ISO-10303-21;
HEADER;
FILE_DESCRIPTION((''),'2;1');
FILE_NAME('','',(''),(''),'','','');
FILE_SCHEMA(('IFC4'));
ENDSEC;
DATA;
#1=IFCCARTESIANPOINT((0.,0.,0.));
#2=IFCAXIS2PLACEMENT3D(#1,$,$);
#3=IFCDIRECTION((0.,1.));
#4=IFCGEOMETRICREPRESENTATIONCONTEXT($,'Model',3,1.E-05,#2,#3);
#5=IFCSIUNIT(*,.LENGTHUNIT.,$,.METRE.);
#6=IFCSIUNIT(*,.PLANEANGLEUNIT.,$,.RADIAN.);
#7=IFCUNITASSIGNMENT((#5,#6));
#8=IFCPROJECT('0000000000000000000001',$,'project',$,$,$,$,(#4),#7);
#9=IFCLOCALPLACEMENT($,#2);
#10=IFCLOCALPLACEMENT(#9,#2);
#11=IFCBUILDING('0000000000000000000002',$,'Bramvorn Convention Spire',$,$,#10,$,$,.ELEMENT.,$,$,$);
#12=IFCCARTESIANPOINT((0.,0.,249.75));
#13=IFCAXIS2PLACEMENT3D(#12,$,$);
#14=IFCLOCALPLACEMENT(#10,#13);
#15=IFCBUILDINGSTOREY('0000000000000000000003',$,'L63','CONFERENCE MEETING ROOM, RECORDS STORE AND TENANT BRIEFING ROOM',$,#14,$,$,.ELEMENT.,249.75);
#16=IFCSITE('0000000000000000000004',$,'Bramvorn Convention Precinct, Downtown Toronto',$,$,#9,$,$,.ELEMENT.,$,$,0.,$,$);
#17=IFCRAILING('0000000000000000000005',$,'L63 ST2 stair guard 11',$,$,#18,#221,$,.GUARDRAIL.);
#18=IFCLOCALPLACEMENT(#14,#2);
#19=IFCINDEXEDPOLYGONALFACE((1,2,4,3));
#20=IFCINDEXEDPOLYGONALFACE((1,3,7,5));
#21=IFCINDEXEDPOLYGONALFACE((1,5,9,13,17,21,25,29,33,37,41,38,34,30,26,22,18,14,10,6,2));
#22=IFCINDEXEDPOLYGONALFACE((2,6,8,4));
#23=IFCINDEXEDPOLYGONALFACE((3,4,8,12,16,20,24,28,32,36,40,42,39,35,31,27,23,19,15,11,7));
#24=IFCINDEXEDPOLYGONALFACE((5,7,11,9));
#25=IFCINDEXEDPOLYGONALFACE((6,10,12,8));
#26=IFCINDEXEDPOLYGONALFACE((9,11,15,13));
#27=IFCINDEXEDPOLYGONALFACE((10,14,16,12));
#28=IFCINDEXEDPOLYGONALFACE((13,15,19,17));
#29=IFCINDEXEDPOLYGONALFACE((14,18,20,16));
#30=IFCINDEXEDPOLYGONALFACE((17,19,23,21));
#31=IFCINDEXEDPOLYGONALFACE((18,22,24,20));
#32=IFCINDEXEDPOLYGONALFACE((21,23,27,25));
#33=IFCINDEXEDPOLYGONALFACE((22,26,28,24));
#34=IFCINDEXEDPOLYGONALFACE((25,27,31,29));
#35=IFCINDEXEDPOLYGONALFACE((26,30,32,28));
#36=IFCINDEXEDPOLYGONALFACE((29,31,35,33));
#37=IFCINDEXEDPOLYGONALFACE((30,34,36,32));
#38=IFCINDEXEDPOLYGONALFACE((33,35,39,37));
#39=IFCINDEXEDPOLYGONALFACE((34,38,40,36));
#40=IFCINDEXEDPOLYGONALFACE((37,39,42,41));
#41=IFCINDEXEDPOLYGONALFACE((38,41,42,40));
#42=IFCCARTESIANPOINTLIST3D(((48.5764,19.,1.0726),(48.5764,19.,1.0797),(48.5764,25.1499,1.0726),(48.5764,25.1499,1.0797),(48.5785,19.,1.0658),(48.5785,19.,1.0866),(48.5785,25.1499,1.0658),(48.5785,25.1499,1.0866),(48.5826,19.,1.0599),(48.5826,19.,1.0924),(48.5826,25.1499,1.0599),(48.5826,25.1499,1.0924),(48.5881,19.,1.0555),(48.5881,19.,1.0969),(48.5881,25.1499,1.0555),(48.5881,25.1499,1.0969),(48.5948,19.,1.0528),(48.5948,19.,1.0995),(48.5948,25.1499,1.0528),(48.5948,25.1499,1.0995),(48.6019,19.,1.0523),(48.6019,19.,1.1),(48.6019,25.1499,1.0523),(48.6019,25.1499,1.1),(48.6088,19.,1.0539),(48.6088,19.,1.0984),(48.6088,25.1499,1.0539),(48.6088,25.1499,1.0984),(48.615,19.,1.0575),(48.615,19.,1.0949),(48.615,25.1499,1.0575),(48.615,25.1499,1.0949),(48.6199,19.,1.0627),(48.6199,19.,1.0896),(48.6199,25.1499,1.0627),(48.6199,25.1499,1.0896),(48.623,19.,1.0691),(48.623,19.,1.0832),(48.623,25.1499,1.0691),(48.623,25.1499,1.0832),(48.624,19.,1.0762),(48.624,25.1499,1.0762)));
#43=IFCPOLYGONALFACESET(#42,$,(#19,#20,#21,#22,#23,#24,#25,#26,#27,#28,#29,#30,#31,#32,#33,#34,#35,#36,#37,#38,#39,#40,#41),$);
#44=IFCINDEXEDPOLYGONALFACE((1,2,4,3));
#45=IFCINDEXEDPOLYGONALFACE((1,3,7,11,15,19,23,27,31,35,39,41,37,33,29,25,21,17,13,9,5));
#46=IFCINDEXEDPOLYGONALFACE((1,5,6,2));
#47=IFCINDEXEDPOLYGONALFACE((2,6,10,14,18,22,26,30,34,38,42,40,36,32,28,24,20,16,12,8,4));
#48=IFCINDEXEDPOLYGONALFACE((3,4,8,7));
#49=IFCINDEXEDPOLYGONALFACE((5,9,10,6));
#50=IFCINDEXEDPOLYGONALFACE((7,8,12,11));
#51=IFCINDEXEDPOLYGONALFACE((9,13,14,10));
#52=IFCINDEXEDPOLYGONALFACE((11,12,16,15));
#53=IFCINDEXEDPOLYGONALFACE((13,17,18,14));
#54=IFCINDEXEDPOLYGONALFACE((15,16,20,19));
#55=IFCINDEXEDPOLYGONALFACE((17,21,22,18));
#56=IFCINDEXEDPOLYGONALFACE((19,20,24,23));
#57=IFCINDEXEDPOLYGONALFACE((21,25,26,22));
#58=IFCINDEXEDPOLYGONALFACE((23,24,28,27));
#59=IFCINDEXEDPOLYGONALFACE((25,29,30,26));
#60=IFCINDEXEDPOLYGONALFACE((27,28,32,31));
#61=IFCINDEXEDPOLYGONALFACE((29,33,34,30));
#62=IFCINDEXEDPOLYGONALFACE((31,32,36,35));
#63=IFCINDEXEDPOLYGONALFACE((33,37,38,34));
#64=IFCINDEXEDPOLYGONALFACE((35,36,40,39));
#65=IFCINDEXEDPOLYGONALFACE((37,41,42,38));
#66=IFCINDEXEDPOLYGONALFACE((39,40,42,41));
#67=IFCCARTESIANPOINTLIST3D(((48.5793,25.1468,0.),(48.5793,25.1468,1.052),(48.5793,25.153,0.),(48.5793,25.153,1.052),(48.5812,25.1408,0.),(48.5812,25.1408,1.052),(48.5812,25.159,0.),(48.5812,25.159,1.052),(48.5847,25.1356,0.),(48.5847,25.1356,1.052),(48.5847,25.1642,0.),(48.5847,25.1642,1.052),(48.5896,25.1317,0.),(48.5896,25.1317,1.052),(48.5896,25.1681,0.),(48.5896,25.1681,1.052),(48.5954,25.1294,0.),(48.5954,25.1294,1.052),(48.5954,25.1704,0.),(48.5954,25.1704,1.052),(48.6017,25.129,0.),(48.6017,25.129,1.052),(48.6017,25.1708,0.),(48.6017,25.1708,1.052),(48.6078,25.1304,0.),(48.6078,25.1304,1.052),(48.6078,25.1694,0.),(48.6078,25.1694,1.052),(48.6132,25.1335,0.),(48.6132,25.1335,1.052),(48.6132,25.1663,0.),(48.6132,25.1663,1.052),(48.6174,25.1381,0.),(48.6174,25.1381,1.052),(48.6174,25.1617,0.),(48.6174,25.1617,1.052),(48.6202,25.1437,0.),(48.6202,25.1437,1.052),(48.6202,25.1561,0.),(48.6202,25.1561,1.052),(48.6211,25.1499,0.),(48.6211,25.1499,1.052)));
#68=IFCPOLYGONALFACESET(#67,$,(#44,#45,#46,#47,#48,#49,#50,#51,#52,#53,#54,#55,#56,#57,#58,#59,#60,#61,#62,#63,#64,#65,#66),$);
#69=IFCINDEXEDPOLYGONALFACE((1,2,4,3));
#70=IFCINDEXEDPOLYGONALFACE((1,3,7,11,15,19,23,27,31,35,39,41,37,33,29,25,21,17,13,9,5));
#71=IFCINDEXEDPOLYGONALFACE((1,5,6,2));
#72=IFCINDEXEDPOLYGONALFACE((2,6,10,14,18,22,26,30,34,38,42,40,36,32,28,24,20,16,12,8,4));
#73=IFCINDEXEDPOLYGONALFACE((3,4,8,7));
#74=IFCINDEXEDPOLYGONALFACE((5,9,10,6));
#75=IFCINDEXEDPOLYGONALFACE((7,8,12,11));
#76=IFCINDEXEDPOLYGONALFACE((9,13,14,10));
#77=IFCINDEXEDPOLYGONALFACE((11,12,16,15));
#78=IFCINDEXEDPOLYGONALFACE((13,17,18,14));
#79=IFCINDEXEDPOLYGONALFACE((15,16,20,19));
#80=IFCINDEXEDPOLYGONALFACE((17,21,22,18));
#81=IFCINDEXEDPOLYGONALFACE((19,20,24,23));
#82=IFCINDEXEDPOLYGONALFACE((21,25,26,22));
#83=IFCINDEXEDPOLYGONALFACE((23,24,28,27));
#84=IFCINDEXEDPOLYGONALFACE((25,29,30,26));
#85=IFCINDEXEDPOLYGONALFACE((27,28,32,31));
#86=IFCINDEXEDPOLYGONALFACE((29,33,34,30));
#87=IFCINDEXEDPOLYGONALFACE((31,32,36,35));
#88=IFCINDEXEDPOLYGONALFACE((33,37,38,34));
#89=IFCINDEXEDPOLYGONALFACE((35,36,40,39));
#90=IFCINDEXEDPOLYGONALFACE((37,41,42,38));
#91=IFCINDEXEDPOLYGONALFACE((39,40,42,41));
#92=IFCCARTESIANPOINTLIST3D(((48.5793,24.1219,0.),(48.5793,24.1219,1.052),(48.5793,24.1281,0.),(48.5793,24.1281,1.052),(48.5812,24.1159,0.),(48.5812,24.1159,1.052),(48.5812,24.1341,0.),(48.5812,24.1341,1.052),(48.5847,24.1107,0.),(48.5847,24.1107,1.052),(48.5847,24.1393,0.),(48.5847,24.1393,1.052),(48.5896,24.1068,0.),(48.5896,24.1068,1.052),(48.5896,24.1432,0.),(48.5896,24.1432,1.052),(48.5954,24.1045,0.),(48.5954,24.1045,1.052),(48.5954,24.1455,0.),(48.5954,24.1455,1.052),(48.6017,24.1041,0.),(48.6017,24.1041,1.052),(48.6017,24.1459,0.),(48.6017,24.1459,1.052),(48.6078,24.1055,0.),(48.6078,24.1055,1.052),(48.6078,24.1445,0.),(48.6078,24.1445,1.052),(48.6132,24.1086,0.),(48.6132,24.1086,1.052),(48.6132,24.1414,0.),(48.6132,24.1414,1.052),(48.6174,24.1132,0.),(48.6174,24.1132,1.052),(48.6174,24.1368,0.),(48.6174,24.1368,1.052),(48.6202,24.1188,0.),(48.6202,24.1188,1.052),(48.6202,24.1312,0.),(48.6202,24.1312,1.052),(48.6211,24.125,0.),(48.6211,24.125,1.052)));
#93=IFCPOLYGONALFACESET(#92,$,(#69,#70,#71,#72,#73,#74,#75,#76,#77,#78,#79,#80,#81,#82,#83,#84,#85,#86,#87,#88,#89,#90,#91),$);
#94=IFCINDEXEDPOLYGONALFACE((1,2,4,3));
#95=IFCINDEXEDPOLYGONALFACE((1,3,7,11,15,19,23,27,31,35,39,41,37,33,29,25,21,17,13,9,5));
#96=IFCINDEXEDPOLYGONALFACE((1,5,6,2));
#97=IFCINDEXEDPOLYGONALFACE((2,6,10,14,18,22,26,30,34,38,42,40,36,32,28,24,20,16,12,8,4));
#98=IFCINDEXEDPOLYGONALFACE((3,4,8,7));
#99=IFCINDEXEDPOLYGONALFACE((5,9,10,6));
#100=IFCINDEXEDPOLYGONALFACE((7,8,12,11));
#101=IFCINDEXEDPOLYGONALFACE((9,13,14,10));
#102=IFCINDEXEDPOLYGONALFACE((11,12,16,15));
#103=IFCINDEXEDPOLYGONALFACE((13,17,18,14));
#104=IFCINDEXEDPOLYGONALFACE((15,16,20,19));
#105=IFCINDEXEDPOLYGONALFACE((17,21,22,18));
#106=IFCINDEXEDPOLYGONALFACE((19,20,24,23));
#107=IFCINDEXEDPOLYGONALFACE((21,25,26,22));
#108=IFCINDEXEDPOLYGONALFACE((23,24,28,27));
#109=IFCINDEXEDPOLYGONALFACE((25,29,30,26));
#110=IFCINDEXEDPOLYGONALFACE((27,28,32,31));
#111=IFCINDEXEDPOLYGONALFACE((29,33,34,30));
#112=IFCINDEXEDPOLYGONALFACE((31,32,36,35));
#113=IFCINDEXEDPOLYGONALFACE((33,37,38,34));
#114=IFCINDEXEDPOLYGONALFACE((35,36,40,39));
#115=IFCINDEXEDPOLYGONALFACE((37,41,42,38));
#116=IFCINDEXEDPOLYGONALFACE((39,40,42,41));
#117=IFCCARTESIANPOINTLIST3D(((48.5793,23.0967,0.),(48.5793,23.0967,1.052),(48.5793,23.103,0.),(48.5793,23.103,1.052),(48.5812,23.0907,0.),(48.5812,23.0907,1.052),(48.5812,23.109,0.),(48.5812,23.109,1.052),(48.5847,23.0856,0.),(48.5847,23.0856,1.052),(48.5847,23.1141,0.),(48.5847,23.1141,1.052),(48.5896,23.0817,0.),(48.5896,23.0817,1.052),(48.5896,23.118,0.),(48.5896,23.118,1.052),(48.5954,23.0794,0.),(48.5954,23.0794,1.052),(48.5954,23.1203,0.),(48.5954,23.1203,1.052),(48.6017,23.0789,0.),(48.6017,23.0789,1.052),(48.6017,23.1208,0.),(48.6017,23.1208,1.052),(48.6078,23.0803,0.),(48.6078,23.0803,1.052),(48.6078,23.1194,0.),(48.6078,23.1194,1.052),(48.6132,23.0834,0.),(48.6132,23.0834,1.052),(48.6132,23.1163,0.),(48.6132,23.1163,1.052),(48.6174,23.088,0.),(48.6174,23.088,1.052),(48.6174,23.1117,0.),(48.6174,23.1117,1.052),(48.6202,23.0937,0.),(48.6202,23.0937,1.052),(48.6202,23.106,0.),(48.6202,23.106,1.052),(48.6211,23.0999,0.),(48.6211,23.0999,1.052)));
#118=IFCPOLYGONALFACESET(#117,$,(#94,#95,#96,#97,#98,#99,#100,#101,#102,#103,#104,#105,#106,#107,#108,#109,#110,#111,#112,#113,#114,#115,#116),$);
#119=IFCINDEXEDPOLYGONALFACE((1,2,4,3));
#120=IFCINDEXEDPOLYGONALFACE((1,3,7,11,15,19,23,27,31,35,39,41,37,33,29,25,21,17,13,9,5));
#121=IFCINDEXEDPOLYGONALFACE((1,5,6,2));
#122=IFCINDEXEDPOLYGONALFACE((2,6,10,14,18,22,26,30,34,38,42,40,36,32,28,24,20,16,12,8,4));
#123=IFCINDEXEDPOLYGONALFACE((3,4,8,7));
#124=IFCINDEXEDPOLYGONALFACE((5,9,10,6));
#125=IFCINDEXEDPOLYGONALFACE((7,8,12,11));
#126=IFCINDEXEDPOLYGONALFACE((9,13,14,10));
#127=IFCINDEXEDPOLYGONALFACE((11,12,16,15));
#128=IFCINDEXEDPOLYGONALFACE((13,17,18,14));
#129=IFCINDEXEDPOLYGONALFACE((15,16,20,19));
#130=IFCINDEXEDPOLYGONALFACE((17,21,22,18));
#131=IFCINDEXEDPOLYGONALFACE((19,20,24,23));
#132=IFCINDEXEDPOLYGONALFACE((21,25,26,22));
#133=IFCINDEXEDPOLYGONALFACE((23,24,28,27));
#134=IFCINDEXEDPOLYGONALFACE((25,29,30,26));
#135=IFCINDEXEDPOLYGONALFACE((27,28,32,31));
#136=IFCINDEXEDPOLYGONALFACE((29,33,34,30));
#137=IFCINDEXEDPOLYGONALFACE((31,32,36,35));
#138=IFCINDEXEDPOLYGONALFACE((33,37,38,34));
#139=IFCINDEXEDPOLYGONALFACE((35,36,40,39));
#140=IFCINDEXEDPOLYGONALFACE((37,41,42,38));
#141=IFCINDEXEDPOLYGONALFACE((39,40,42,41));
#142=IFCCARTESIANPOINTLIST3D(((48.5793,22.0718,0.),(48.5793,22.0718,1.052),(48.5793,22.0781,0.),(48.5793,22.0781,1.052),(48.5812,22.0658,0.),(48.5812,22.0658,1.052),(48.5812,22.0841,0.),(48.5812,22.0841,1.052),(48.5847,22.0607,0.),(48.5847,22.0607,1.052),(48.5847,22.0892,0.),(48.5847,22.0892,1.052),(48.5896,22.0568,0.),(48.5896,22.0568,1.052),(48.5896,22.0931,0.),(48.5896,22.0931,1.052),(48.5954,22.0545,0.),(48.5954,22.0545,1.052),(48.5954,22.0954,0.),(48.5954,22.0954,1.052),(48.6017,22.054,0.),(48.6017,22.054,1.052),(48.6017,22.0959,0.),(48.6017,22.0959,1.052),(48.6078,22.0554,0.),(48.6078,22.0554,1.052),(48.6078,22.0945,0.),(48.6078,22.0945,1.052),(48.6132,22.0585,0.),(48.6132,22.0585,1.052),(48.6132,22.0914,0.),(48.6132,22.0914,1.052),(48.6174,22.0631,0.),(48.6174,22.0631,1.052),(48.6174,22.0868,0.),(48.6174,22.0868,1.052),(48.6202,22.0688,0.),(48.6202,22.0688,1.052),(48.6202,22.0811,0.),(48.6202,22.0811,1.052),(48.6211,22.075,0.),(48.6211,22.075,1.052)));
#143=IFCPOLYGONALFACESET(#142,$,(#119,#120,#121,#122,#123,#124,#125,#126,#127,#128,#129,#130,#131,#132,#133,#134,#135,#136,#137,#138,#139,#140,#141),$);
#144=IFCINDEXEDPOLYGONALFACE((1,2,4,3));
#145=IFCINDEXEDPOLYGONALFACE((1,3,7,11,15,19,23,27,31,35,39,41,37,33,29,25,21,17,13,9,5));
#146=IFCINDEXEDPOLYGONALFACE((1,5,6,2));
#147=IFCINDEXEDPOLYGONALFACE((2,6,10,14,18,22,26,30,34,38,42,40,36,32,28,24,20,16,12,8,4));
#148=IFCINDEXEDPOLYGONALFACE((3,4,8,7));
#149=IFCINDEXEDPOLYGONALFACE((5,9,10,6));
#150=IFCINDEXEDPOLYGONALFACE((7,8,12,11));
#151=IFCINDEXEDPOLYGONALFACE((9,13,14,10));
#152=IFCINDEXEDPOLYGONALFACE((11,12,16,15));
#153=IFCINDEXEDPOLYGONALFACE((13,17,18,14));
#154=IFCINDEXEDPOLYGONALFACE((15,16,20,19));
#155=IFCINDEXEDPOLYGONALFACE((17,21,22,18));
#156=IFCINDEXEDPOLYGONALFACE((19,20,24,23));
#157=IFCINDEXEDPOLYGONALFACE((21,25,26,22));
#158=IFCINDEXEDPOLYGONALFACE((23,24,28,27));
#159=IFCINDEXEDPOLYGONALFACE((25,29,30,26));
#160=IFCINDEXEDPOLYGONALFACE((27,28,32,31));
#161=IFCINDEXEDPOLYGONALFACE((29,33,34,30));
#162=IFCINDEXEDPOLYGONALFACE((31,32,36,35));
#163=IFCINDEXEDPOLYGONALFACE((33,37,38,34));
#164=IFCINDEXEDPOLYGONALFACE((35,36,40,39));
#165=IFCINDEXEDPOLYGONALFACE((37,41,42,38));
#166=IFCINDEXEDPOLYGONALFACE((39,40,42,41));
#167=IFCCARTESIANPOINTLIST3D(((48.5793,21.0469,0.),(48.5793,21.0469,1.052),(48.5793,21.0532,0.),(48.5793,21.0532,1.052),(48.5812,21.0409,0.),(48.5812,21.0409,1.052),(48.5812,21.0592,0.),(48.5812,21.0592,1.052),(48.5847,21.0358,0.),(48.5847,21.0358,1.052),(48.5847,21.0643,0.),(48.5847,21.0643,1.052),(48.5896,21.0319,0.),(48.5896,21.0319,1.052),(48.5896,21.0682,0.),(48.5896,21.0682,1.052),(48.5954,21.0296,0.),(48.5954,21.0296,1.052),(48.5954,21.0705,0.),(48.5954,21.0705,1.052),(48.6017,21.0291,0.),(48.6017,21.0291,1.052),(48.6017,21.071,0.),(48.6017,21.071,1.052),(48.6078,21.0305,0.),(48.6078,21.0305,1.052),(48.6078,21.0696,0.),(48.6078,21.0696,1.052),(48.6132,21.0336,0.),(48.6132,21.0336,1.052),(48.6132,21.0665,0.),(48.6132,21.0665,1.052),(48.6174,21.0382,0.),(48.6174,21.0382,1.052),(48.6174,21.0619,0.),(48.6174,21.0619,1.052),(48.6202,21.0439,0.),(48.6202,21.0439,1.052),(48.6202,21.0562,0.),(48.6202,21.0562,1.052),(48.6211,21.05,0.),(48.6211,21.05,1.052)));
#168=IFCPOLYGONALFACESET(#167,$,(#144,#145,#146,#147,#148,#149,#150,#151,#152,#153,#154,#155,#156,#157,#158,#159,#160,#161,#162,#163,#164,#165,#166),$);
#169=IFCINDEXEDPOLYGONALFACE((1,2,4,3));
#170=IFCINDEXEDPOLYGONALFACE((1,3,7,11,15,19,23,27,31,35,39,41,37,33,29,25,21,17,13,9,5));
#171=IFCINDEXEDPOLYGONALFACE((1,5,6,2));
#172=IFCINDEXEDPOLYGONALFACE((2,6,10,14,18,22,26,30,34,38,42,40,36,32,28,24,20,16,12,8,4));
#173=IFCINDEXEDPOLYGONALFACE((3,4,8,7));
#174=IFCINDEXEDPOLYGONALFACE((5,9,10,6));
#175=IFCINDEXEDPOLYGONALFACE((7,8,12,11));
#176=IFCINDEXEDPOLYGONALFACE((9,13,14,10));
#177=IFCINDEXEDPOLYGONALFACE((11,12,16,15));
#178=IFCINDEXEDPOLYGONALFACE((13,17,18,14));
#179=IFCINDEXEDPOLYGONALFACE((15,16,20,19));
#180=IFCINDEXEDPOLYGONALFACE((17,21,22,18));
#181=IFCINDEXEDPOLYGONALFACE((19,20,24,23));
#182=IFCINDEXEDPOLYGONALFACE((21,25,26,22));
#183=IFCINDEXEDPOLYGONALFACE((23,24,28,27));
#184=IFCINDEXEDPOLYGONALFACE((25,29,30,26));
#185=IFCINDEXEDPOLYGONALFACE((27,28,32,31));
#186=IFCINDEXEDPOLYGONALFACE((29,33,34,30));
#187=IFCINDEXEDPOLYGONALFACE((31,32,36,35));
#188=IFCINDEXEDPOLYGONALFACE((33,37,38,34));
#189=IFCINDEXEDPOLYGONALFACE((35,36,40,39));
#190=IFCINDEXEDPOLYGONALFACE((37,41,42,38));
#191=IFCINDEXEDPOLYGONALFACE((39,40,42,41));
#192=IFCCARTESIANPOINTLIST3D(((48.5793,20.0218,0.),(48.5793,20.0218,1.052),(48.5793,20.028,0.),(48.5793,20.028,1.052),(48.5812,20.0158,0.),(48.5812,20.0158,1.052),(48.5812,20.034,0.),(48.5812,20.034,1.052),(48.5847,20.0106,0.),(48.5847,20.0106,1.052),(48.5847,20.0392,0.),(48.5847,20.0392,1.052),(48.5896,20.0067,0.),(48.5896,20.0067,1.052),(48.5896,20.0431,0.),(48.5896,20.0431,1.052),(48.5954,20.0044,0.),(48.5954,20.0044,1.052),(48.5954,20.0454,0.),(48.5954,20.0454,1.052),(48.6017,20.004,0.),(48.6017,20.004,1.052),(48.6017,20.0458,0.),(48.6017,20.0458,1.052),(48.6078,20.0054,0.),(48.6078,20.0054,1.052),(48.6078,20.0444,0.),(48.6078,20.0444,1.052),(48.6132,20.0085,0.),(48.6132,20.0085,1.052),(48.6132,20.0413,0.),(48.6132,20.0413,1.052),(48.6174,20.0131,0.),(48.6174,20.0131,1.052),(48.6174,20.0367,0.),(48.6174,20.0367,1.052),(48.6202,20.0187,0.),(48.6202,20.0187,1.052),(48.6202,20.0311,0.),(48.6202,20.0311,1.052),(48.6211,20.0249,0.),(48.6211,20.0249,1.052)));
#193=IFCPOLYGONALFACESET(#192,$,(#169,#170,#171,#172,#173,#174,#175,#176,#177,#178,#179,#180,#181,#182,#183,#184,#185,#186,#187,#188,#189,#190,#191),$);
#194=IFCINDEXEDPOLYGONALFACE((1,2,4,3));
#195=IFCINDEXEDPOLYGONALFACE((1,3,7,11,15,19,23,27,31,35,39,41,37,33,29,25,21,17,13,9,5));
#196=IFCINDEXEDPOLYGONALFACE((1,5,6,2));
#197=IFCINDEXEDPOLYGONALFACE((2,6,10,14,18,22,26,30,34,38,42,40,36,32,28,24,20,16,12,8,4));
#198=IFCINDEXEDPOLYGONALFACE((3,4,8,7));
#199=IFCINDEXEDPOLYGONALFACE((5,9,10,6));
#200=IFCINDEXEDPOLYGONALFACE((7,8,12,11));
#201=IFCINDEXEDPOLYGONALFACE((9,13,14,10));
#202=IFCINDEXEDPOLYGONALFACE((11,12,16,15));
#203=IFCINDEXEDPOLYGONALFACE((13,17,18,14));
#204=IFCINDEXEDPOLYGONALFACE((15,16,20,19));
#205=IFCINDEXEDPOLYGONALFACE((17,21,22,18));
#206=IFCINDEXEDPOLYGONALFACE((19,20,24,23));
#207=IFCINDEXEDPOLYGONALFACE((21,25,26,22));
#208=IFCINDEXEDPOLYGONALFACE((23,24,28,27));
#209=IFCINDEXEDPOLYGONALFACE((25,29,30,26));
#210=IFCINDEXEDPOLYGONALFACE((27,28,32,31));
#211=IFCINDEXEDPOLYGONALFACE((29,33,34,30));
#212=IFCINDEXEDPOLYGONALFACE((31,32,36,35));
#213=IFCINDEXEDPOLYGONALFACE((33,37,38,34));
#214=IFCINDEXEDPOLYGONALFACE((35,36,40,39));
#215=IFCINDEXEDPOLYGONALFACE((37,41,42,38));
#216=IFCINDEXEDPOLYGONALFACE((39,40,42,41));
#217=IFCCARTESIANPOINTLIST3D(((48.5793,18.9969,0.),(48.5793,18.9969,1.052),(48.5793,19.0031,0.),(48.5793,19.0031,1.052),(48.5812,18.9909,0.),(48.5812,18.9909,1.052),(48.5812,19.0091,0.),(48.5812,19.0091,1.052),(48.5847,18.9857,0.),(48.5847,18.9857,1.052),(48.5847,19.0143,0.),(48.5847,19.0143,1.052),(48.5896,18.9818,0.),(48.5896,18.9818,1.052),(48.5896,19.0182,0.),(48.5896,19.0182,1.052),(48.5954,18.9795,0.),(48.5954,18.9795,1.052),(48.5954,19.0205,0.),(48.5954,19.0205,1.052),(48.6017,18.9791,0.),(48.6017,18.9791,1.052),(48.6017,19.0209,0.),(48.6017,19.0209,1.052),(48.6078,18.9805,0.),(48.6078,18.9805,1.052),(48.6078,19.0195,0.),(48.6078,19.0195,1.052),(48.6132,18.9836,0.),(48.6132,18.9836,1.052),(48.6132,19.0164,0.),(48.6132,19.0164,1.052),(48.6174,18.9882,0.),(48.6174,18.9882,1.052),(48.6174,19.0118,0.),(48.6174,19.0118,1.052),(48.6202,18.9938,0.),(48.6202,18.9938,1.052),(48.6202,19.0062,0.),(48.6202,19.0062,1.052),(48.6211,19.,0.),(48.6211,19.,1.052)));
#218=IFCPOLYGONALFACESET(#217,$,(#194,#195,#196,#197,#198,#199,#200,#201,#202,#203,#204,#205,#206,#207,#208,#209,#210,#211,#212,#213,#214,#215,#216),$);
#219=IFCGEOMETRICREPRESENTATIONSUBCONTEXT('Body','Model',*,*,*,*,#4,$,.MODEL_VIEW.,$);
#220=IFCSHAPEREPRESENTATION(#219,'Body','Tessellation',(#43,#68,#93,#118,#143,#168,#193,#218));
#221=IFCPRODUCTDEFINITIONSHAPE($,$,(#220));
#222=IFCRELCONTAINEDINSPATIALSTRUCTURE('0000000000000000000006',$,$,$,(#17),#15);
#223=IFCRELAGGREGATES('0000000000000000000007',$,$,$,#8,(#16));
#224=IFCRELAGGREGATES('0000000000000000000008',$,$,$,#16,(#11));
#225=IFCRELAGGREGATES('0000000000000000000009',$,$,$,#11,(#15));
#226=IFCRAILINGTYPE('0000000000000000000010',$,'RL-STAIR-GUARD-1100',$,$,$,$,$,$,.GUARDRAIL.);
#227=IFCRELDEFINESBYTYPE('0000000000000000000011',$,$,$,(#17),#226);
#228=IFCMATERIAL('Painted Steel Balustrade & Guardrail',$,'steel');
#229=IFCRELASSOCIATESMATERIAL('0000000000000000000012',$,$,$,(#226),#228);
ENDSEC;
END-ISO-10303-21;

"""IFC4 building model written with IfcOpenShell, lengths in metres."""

from ifc_helpers import new_model, si_unit, direction, frame, origin, origin_2d, place, context, subcontext, project, spatial, circle, extrude, material, type_object, element, save


model = new_model("IFC4")

# Units and contexts
model_context = context("Model", 3, precision=1e-05, world=origin(), true_north=direction((0.0, 1.0)))
body_context = subcontext(model_context, "Body", "Model", "MODEL_VIEW")
ifc_project = project(units=[si_unit("LENGTHUNIT", "METRE"), si_unit("PLANEANGLEUNIT", "RADIAN")], contexts=[model_context])

# Site, building, storey
site_placement = place(None, origin())
site = spatial("IfcSite", under=ifc_project, at=site_placement, Name="Bramvorn Convention Precinct, Downtown Toronto", CompositionType="ELEMENT", RefElevation=0.0)
building_placement = place(site_placement, origin())
building = spatial("IfcBuilding", under=site, at=building_placement, Name="Bramvorn Convention Spire", CompositionType="ELEMENT")
storey_placement = place(building_placement, frame((0.0, 0.0, 249.75)))
storey = spatial("IfcBuildingStorey", under=building, at=storey_placement, Name="L63", Description="CONFERENCE MEETING ROOM, RECORDS STORE AND TENANT BRIEFING ROOM", CompositionType="ELEMENT", Elevation=249.75)

# Railing
ifc_material_1 = material(Name="Painted Steel Balustrade & Guardrail", Category="steel")
railing_type_1 = type_object("IfcRailingType", Name="RL-STAIR-GUARD-1100", PredefinedType="GUARDRAIL", material=ifc_material_1)
railing_1_placement = place(storey_placement, frame((48.6001, 25.1499, 0.0)))
element("IfcRailing", 1, at=railing_1_placement, inside=storey, type_object=railing_type_1, Name="L63 ST2 stair guard 11", PredefinedType="GUARDRAIL", context=body_context, shape_type="SweptSolid", body=[
    extrude(circle(Radius=0.0239, at=origin_2d()), frame((0.0, 0.0, 1.0762), z_axis=(0.0, -1.0, 0.0), x_axis=(1.0, 0.0, 0.0)), (0.0, 0.0, 1.0), 6.1499),
    extrude(circle(Radius=0.021, at=origin_2d()), origin(), (0.0, 0.0, 1.0), 1.052),
    extrude(circle(Radius=0.021, at=origin_2d()), frame((0.0, -1.0249, 0.0)), (0.0, 0.0, 1.0), 1.052),
    extrude(circle(Radius=0.021, at=origin_2d()), frame((0.0, -2.05, 0.0)), (0.0, 0.0, 1.0), 1.052),
    extrude(circle(Radius=0.021, at=origin_2d()), frame((0.0, -3.075, 0.0)), (0.0, 0.0, 1.0), 1.052),
    extrude(circle(Radius=0.021, at=origin_2d()), frame((0.0, -4.0999, 0.0)), (0.0, 0.0, 1.0), 1.052),
    extrude(circle(Radius=0.021, at=origin_2d()), frame((0.0, -5.125, 0.0)), (0.0, 0.0, 1.0), 1.052),
    extrude(circle(Radius=0.021, at=origin_2d()), frame((0.0, -6.1499, 0.0)), (0.0, 0.0, 1.0), 1.052),
])

save(model, "model.ifc")
